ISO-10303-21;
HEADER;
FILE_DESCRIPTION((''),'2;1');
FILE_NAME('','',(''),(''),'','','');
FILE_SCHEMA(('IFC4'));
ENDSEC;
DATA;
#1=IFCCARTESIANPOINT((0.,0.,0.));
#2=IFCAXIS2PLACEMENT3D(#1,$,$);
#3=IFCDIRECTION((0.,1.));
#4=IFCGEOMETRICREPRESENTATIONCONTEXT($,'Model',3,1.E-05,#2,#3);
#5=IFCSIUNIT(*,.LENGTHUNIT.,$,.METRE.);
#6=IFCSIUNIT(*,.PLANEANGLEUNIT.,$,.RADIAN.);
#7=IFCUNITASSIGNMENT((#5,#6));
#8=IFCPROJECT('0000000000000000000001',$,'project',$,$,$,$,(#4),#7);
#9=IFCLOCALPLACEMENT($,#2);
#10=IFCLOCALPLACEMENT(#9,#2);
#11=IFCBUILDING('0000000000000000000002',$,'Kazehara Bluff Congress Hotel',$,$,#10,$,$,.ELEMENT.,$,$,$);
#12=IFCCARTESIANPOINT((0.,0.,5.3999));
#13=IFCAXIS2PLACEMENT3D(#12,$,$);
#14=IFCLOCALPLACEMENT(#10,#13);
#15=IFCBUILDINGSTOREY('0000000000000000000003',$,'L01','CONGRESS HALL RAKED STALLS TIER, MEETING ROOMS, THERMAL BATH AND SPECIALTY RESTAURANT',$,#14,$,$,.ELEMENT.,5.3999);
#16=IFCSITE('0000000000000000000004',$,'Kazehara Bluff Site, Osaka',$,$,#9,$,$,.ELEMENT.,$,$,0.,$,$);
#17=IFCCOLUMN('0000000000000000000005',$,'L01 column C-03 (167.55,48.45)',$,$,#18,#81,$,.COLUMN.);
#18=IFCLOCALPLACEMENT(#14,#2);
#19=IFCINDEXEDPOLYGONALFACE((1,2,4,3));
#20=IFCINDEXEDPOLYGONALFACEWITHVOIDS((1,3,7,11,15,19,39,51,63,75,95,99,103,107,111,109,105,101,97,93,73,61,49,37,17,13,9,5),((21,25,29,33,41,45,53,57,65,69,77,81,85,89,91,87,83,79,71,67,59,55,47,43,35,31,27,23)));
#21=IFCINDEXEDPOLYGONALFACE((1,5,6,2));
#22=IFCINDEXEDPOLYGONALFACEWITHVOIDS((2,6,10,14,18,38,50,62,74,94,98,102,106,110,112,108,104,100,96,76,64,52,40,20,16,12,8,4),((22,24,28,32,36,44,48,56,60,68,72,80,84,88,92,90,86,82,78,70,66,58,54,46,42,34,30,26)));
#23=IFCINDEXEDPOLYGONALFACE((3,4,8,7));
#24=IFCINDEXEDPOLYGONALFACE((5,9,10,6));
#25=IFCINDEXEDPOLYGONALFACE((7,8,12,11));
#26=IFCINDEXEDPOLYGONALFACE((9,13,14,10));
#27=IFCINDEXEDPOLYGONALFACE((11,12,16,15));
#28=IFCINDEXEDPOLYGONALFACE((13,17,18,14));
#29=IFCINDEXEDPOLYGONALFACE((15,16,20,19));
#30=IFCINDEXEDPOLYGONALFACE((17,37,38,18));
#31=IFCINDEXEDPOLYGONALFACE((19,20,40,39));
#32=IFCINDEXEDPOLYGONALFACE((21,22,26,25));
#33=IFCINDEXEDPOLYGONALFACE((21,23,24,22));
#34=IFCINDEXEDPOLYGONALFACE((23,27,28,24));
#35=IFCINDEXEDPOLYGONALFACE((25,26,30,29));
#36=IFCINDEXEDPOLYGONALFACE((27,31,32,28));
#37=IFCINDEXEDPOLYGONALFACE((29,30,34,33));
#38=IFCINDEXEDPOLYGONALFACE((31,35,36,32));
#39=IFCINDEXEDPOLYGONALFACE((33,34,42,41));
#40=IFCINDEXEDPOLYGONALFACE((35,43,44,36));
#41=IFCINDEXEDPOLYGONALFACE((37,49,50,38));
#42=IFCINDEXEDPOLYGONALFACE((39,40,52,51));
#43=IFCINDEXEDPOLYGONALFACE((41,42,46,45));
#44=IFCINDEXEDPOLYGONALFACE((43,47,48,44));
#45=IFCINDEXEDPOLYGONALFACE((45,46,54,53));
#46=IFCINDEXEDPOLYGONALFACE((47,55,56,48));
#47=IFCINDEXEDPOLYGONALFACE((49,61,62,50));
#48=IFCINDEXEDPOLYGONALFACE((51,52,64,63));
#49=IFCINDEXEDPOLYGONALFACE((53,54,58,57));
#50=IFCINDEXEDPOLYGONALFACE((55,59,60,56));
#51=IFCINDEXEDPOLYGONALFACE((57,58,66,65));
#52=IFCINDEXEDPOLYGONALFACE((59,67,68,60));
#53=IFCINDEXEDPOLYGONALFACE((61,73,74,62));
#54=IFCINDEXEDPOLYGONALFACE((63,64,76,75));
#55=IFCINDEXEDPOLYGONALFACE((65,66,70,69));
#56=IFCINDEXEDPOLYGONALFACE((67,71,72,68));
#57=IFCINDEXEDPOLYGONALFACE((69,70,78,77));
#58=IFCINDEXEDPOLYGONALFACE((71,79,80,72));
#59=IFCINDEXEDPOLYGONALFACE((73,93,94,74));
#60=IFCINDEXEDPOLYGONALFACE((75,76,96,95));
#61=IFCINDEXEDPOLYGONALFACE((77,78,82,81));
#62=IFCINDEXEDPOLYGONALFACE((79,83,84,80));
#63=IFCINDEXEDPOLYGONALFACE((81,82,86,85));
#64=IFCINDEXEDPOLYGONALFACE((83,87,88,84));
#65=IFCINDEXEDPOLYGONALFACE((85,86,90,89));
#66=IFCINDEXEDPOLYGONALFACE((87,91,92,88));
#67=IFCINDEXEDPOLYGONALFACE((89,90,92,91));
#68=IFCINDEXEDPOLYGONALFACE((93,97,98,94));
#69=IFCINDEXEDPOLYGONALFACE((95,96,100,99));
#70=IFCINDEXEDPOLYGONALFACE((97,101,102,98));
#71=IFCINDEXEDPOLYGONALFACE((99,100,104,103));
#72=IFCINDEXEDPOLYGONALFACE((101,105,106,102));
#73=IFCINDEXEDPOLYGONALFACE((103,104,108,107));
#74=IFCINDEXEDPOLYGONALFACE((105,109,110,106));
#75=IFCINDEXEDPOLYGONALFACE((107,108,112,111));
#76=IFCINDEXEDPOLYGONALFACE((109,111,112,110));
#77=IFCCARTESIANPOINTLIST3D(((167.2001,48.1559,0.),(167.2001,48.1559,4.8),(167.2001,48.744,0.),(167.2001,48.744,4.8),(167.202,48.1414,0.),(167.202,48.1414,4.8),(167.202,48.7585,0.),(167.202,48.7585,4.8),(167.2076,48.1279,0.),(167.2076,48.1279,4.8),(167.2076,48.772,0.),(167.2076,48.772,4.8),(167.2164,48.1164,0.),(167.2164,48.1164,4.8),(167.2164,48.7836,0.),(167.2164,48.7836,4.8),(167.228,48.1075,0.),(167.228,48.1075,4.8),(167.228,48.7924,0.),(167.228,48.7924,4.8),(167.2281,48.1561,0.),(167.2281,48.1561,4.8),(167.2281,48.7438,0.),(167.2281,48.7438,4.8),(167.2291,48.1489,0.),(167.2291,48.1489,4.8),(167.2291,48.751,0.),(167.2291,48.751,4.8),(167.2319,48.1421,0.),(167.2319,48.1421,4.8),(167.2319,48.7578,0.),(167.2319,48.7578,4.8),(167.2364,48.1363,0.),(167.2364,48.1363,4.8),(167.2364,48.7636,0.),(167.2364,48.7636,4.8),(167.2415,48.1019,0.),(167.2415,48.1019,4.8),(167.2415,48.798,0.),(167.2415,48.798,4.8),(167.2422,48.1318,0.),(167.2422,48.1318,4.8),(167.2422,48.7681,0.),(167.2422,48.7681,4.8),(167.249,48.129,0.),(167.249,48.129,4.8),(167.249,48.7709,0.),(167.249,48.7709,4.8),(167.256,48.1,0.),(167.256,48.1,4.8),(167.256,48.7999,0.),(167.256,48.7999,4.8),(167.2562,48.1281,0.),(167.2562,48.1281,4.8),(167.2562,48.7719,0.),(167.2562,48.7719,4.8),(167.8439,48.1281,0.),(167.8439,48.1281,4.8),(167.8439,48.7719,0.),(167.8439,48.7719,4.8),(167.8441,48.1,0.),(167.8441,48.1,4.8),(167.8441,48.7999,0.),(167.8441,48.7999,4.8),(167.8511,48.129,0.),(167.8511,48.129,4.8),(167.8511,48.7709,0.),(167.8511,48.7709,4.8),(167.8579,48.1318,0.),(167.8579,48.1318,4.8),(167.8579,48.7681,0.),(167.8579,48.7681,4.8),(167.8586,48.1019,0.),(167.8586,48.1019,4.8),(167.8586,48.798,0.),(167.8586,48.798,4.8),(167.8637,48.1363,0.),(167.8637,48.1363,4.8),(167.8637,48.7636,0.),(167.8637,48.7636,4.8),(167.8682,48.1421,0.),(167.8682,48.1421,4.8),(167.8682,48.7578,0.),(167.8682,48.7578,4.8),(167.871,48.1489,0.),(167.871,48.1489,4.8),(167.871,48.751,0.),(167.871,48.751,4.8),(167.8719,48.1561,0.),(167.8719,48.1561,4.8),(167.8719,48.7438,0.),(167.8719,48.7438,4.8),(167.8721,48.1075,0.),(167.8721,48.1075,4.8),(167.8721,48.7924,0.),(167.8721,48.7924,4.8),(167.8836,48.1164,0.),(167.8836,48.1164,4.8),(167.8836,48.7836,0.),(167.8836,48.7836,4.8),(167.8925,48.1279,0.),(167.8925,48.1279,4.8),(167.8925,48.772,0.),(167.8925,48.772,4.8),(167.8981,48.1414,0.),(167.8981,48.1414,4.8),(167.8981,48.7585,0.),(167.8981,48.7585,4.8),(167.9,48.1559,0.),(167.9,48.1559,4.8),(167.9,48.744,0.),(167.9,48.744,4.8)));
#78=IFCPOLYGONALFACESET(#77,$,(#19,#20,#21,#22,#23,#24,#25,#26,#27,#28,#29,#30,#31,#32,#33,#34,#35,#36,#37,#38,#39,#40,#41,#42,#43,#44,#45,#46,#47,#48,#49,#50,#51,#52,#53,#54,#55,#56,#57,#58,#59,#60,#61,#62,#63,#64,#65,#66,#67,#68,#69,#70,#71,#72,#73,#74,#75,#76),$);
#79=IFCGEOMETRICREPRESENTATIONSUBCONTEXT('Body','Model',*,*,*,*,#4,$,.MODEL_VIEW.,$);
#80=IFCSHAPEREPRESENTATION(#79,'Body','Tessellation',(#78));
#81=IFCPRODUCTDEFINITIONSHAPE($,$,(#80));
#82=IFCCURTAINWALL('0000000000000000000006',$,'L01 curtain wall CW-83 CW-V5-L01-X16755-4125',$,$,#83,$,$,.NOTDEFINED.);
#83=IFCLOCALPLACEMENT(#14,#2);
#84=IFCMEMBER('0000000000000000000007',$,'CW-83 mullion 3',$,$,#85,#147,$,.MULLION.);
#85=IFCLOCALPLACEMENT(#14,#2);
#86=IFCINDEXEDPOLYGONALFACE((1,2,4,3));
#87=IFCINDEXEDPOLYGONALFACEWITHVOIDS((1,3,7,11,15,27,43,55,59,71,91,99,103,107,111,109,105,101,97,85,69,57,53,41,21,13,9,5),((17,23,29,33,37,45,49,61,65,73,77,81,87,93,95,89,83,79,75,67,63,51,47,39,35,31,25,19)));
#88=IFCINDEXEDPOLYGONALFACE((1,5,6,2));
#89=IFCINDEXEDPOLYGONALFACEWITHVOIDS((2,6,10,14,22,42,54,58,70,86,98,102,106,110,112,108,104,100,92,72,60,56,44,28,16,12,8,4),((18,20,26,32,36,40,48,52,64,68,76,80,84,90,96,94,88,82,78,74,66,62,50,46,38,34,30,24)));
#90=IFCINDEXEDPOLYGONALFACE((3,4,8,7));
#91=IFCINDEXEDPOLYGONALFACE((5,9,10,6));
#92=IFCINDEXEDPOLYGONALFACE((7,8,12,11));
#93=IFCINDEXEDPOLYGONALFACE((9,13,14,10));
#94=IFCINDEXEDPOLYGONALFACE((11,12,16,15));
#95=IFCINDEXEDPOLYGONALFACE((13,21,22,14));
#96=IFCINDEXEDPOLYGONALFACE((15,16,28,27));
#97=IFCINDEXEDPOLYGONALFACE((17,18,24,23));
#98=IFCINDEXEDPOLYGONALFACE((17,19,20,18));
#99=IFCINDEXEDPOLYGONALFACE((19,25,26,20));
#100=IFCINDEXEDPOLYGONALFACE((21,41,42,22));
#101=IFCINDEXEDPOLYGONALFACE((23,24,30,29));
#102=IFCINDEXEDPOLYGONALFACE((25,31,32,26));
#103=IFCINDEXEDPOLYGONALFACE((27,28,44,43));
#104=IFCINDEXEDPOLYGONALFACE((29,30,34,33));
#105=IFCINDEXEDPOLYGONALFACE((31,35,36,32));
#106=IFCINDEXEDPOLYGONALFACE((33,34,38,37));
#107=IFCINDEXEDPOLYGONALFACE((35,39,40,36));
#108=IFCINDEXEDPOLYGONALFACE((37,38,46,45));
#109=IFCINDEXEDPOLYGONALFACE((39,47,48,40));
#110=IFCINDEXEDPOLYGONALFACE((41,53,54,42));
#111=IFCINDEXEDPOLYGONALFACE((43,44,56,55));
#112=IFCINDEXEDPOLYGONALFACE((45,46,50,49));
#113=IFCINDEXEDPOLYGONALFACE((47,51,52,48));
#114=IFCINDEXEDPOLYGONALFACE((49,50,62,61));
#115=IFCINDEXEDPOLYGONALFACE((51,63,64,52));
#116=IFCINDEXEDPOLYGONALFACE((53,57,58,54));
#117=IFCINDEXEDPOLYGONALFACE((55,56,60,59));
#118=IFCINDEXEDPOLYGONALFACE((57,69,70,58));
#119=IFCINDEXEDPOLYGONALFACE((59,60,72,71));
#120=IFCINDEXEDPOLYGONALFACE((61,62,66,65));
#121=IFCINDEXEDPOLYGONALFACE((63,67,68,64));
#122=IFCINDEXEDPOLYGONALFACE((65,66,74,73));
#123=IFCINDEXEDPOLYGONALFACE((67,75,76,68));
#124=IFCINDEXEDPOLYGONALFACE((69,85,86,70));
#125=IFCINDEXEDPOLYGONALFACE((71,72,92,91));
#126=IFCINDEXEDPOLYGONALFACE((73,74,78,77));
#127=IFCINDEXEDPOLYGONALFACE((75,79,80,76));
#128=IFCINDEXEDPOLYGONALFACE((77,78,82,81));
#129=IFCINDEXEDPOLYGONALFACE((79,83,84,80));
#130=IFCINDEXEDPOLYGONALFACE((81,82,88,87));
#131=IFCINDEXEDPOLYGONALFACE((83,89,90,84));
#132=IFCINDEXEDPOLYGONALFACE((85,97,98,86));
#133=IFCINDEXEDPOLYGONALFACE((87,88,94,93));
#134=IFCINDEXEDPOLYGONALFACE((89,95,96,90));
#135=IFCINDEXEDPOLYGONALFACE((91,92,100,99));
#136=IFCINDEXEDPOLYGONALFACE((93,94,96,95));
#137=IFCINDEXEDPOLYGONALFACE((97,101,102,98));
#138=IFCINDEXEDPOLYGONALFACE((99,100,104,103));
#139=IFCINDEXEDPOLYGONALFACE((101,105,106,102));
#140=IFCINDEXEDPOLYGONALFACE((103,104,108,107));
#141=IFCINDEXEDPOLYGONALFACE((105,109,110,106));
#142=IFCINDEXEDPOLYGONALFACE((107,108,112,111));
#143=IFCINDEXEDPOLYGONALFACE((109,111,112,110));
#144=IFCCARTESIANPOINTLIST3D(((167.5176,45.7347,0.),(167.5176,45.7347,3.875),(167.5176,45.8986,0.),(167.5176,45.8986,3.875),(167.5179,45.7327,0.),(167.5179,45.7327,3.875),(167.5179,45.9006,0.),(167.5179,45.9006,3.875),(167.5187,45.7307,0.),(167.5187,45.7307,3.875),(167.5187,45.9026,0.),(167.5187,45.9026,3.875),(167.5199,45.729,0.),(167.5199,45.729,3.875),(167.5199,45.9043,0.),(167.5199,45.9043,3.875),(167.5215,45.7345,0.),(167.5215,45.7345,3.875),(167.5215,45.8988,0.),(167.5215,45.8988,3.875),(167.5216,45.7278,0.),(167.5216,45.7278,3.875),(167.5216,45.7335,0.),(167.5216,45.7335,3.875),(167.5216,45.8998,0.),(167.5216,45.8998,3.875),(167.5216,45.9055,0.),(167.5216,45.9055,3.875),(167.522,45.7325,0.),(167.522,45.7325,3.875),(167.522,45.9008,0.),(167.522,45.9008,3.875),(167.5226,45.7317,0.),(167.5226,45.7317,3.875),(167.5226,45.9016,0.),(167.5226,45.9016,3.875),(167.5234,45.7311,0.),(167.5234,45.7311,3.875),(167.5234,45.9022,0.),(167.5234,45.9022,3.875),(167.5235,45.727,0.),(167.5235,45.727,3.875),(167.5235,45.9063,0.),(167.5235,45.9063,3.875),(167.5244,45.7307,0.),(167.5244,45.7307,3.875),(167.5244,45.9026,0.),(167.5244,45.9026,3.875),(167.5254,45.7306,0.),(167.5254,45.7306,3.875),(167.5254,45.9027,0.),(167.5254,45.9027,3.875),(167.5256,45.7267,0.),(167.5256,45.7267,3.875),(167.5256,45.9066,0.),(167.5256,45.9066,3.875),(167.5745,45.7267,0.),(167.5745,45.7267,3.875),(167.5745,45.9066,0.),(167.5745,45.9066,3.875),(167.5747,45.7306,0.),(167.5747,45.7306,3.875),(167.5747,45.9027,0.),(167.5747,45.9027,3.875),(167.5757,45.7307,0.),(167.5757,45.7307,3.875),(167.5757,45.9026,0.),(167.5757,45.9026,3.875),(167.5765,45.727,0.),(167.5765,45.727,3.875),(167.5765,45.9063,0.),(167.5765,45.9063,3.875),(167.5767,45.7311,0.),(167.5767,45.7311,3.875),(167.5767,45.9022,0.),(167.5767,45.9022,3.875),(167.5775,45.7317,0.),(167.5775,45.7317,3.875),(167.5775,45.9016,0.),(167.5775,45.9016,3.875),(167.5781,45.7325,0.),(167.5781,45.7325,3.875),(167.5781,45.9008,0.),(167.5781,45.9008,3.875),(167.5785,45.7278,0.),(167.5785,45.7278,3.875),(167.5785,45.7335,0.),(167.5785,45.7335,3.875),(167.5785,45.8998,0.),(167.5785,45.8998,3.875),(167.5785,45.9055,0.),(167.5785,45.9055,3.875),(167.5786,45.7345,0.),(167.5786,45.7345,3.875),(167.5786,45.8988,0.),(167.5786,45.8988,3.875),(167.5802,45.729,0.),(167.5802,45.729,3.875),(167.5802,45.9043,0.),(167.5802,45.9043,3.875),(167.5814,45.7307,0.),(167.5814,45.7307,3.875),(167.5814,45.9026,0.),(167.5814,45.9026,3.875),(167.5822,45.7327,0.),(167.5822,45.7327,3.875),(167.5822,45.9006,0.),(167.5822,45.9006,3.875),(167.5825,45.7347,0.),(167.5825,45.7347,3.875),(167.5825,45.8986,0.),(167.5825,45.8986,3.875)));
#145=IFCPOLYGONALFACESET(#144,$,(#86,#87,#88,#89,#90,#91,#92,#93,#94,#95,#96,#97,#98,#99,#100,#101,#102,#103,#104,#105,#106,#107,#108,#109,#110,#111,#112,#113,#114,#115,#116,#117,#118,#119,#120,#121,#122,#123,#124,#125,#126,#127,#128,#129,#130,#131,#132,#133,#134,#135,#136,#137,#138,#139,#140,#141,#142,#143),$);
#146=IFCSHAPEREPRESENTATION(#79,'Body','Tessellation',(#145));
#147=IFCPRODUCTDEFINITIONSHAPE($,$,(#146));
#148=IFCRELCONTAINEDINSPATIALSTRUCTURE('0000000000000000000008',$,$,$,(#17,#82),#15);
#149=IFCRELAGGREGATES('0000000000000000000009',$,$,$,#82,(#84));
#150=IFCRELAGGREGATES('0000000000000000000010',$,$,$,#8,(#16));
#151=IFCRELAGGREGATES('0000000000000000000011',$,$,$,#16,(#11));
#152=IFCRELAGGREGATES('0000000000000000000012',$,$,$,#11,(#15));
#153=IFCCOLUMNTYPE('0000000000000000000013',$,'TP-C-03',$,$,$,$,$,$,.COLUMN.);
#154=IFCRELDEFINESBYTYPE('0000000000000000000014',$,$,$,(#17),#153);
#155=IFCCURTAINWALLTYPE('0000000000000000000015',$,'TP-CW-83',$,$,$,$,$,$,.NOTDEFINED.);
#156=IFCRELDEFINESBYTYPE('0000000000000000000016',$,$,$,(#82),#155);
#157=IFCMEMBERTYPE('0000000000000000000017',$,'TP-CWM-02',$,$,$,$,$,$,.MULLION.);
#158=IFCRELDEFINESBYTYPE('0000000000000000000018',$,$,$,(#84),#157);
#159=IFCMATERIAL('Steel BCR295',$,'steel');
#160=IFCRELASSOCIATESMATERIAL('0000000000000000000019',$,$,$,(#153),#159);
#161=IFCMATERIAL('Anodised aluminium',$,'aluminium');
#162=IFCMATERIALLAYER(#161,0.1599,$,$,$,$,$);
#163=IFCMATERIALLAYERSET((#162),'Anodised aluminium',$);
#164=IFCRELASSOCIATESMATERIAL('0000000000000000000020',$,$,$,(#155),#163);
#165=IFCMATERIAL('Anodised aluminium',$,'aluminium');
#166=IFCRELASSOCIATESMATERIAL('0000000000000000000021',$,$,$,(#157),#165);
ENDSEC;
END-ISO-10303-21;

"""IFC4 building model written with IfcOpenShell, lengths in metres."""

from ifc_helpers import new_model, si_unit, direction, frame, origin, origin_2d, place, context, subcontext, project, spatial, hollow_rectangle, extrude, material, layer, layer_set, material_profile, profile_set, type_object, element, aggregate, save


model = new_model("IFC4")

# Units and contexts
model_context = context("Model", 3, precision=1e-05, world=origin(), true_north=direction((0.0, 1.0)))
body_context = subcontext(model_context, "Body", "Model", "MODEL_VIEW")
ifc_project = project(units=[si_unit("LENGTHUNIT", "METRE"), si_unit("PLANEANGLEUNIT", "RADIAN")], contexts=[model_context])

# Site, building, storey
site_placement = place(None, origin())
site = spatial("IfcSite", under=ifc_project, at=site_placement, Name="Kazehara Bluff Site, Osaka", CompositionType="ELEMENT", RefElevation=0.0)
building_placement = place(site_placement, origin())
building = spatial("IfcBuilding", under=site, at=building_placement, Name="Kazehara Bluff Congress Hotel", CompositionType="ELEMENT")
storey_placement = place(building_placement, frame((0.0, 0.0, 5.3999)))
storey = spatial("IfcBuildingStorey", under=building, at=storey_placement, Name="L01", Description="CONGRESS HALL RAKED STALLS TIER, MEETING ROOMS, THERMAL BATH AND SPECIALTY RESTAURANT", CompositionType="ELEMENT", Elevation=5.3999)

# Column
ifc_material_1 = material(Name="Steel BCR295", Category="steel")
ifc_material_profile_1 = material_profile(ifc_material_1, hollow_rectangle(XDim=0.7, YDim=0.7, WallThickness=0.0281, InnerFilletRadius=0.0281, OuterFilletRadius=0.0559, at=origin_2d()))
ifc_profile_set_1 = profile_set([ifc_material_profile_1], Name="Steel BCR295")
column_type = type_object("IfcColumnType", Name="TP-C-03", PredefinedType="COLUMN", material=ifc_profile_set_1)
column_placement = place(storey_placement, frame((167.55, 48.45, 0.0), z_axis=(0.0, 0.0, 1.0), x_axis=(1.0, 0.0, 0.0)))
element("IfcColumn", 1, at=column_placement, inside=storey, type_object=column_type, Name="L01 column C-03 (167.55,48.45)", PredefinedType="COLUMN", context=body_context, shape_type="SweptSolid", body=[
    extrude(hollow_rectangle(XDim=0.7, YDim=0.7, WallThickness=0.0281, InnerFilletRadius=0.0281, OuterFilletRadius=0.0559, at=origin_2d()), origin(), (0.0, 0.0, 1.0), 4.8),
])

# Curtain wall, member
ifc_material_2 = material(Name="Anodised aluminium", Category="aluminium")
ifc_layer_1 = layer(ifc_material_2, 0.1599)
ifc_layer_set_1 = layer_set([ifc_layer_1], Name="Anodised aluminium")
curtain_wall_type_1 = type_object("IfcCurtainWallType", Name="TP-CW-83", PredefinedType="NOTDEFINED", material=ifc_layer_set_1)
curtain_wall_1_placement = place(storey_placement, origin())
curtain_wall_1 = element("IfcCurtainWall", 2, at=curtain_wall_1_placement, inside=storey, type_object=curtain_wall_type_1, Name="L01 curtain wall CW-83 CW-V5-L01-X16755-4125", PredefinedType="NOTDEFINED")
ifc_material_3 = material(Name="Anodised aluminium", Category="aluminium")
ifc_material_profile_2 = material_profile(ifc_material_3, hollow_rectangle(XDim=0.0649, YDim=0.1799, WallThickness=0.0039, InnerFilletRadius=0.0039, OuterFilletRadius=0.0081, at=origin_2d()))
ifc_profile_set_2 = profile_set([ifc_material_profile_2], Name="Anodised aluminium")
member_type_1 = type_object("IfcMemberType", Name="TP-CWM-02", PredefinedType="MULLION", material=ifc_profile_set_2)
member_1_placement = place(storey_placement, frame((167.55, 45.8167, 0.0), z_axis=(0.0, 0.0, 1.0), x_axis=(-1.0, 0.0, 0.0)))
member_1 = element("IfcMember", 3, at=member_1_placement, type_object=member_type_1, Name="CW-83 mullion 3", PredefinedType="MULLION", context=body_context, shape_type="SweptSolid", body=[
    extrude(hollow_rectangle(XDim=0.0649, YDim=0.1799, WallThickness=0.0039, InnerFilletRadius=0.0039, OuterFilletRadius=0.0081, at=origin_2d()), origin(), (0.0, 0.0, 1.0), 3.875),
])

aggregate(curtain_wall_1, [member_1])

save(model, "model.ifc")
